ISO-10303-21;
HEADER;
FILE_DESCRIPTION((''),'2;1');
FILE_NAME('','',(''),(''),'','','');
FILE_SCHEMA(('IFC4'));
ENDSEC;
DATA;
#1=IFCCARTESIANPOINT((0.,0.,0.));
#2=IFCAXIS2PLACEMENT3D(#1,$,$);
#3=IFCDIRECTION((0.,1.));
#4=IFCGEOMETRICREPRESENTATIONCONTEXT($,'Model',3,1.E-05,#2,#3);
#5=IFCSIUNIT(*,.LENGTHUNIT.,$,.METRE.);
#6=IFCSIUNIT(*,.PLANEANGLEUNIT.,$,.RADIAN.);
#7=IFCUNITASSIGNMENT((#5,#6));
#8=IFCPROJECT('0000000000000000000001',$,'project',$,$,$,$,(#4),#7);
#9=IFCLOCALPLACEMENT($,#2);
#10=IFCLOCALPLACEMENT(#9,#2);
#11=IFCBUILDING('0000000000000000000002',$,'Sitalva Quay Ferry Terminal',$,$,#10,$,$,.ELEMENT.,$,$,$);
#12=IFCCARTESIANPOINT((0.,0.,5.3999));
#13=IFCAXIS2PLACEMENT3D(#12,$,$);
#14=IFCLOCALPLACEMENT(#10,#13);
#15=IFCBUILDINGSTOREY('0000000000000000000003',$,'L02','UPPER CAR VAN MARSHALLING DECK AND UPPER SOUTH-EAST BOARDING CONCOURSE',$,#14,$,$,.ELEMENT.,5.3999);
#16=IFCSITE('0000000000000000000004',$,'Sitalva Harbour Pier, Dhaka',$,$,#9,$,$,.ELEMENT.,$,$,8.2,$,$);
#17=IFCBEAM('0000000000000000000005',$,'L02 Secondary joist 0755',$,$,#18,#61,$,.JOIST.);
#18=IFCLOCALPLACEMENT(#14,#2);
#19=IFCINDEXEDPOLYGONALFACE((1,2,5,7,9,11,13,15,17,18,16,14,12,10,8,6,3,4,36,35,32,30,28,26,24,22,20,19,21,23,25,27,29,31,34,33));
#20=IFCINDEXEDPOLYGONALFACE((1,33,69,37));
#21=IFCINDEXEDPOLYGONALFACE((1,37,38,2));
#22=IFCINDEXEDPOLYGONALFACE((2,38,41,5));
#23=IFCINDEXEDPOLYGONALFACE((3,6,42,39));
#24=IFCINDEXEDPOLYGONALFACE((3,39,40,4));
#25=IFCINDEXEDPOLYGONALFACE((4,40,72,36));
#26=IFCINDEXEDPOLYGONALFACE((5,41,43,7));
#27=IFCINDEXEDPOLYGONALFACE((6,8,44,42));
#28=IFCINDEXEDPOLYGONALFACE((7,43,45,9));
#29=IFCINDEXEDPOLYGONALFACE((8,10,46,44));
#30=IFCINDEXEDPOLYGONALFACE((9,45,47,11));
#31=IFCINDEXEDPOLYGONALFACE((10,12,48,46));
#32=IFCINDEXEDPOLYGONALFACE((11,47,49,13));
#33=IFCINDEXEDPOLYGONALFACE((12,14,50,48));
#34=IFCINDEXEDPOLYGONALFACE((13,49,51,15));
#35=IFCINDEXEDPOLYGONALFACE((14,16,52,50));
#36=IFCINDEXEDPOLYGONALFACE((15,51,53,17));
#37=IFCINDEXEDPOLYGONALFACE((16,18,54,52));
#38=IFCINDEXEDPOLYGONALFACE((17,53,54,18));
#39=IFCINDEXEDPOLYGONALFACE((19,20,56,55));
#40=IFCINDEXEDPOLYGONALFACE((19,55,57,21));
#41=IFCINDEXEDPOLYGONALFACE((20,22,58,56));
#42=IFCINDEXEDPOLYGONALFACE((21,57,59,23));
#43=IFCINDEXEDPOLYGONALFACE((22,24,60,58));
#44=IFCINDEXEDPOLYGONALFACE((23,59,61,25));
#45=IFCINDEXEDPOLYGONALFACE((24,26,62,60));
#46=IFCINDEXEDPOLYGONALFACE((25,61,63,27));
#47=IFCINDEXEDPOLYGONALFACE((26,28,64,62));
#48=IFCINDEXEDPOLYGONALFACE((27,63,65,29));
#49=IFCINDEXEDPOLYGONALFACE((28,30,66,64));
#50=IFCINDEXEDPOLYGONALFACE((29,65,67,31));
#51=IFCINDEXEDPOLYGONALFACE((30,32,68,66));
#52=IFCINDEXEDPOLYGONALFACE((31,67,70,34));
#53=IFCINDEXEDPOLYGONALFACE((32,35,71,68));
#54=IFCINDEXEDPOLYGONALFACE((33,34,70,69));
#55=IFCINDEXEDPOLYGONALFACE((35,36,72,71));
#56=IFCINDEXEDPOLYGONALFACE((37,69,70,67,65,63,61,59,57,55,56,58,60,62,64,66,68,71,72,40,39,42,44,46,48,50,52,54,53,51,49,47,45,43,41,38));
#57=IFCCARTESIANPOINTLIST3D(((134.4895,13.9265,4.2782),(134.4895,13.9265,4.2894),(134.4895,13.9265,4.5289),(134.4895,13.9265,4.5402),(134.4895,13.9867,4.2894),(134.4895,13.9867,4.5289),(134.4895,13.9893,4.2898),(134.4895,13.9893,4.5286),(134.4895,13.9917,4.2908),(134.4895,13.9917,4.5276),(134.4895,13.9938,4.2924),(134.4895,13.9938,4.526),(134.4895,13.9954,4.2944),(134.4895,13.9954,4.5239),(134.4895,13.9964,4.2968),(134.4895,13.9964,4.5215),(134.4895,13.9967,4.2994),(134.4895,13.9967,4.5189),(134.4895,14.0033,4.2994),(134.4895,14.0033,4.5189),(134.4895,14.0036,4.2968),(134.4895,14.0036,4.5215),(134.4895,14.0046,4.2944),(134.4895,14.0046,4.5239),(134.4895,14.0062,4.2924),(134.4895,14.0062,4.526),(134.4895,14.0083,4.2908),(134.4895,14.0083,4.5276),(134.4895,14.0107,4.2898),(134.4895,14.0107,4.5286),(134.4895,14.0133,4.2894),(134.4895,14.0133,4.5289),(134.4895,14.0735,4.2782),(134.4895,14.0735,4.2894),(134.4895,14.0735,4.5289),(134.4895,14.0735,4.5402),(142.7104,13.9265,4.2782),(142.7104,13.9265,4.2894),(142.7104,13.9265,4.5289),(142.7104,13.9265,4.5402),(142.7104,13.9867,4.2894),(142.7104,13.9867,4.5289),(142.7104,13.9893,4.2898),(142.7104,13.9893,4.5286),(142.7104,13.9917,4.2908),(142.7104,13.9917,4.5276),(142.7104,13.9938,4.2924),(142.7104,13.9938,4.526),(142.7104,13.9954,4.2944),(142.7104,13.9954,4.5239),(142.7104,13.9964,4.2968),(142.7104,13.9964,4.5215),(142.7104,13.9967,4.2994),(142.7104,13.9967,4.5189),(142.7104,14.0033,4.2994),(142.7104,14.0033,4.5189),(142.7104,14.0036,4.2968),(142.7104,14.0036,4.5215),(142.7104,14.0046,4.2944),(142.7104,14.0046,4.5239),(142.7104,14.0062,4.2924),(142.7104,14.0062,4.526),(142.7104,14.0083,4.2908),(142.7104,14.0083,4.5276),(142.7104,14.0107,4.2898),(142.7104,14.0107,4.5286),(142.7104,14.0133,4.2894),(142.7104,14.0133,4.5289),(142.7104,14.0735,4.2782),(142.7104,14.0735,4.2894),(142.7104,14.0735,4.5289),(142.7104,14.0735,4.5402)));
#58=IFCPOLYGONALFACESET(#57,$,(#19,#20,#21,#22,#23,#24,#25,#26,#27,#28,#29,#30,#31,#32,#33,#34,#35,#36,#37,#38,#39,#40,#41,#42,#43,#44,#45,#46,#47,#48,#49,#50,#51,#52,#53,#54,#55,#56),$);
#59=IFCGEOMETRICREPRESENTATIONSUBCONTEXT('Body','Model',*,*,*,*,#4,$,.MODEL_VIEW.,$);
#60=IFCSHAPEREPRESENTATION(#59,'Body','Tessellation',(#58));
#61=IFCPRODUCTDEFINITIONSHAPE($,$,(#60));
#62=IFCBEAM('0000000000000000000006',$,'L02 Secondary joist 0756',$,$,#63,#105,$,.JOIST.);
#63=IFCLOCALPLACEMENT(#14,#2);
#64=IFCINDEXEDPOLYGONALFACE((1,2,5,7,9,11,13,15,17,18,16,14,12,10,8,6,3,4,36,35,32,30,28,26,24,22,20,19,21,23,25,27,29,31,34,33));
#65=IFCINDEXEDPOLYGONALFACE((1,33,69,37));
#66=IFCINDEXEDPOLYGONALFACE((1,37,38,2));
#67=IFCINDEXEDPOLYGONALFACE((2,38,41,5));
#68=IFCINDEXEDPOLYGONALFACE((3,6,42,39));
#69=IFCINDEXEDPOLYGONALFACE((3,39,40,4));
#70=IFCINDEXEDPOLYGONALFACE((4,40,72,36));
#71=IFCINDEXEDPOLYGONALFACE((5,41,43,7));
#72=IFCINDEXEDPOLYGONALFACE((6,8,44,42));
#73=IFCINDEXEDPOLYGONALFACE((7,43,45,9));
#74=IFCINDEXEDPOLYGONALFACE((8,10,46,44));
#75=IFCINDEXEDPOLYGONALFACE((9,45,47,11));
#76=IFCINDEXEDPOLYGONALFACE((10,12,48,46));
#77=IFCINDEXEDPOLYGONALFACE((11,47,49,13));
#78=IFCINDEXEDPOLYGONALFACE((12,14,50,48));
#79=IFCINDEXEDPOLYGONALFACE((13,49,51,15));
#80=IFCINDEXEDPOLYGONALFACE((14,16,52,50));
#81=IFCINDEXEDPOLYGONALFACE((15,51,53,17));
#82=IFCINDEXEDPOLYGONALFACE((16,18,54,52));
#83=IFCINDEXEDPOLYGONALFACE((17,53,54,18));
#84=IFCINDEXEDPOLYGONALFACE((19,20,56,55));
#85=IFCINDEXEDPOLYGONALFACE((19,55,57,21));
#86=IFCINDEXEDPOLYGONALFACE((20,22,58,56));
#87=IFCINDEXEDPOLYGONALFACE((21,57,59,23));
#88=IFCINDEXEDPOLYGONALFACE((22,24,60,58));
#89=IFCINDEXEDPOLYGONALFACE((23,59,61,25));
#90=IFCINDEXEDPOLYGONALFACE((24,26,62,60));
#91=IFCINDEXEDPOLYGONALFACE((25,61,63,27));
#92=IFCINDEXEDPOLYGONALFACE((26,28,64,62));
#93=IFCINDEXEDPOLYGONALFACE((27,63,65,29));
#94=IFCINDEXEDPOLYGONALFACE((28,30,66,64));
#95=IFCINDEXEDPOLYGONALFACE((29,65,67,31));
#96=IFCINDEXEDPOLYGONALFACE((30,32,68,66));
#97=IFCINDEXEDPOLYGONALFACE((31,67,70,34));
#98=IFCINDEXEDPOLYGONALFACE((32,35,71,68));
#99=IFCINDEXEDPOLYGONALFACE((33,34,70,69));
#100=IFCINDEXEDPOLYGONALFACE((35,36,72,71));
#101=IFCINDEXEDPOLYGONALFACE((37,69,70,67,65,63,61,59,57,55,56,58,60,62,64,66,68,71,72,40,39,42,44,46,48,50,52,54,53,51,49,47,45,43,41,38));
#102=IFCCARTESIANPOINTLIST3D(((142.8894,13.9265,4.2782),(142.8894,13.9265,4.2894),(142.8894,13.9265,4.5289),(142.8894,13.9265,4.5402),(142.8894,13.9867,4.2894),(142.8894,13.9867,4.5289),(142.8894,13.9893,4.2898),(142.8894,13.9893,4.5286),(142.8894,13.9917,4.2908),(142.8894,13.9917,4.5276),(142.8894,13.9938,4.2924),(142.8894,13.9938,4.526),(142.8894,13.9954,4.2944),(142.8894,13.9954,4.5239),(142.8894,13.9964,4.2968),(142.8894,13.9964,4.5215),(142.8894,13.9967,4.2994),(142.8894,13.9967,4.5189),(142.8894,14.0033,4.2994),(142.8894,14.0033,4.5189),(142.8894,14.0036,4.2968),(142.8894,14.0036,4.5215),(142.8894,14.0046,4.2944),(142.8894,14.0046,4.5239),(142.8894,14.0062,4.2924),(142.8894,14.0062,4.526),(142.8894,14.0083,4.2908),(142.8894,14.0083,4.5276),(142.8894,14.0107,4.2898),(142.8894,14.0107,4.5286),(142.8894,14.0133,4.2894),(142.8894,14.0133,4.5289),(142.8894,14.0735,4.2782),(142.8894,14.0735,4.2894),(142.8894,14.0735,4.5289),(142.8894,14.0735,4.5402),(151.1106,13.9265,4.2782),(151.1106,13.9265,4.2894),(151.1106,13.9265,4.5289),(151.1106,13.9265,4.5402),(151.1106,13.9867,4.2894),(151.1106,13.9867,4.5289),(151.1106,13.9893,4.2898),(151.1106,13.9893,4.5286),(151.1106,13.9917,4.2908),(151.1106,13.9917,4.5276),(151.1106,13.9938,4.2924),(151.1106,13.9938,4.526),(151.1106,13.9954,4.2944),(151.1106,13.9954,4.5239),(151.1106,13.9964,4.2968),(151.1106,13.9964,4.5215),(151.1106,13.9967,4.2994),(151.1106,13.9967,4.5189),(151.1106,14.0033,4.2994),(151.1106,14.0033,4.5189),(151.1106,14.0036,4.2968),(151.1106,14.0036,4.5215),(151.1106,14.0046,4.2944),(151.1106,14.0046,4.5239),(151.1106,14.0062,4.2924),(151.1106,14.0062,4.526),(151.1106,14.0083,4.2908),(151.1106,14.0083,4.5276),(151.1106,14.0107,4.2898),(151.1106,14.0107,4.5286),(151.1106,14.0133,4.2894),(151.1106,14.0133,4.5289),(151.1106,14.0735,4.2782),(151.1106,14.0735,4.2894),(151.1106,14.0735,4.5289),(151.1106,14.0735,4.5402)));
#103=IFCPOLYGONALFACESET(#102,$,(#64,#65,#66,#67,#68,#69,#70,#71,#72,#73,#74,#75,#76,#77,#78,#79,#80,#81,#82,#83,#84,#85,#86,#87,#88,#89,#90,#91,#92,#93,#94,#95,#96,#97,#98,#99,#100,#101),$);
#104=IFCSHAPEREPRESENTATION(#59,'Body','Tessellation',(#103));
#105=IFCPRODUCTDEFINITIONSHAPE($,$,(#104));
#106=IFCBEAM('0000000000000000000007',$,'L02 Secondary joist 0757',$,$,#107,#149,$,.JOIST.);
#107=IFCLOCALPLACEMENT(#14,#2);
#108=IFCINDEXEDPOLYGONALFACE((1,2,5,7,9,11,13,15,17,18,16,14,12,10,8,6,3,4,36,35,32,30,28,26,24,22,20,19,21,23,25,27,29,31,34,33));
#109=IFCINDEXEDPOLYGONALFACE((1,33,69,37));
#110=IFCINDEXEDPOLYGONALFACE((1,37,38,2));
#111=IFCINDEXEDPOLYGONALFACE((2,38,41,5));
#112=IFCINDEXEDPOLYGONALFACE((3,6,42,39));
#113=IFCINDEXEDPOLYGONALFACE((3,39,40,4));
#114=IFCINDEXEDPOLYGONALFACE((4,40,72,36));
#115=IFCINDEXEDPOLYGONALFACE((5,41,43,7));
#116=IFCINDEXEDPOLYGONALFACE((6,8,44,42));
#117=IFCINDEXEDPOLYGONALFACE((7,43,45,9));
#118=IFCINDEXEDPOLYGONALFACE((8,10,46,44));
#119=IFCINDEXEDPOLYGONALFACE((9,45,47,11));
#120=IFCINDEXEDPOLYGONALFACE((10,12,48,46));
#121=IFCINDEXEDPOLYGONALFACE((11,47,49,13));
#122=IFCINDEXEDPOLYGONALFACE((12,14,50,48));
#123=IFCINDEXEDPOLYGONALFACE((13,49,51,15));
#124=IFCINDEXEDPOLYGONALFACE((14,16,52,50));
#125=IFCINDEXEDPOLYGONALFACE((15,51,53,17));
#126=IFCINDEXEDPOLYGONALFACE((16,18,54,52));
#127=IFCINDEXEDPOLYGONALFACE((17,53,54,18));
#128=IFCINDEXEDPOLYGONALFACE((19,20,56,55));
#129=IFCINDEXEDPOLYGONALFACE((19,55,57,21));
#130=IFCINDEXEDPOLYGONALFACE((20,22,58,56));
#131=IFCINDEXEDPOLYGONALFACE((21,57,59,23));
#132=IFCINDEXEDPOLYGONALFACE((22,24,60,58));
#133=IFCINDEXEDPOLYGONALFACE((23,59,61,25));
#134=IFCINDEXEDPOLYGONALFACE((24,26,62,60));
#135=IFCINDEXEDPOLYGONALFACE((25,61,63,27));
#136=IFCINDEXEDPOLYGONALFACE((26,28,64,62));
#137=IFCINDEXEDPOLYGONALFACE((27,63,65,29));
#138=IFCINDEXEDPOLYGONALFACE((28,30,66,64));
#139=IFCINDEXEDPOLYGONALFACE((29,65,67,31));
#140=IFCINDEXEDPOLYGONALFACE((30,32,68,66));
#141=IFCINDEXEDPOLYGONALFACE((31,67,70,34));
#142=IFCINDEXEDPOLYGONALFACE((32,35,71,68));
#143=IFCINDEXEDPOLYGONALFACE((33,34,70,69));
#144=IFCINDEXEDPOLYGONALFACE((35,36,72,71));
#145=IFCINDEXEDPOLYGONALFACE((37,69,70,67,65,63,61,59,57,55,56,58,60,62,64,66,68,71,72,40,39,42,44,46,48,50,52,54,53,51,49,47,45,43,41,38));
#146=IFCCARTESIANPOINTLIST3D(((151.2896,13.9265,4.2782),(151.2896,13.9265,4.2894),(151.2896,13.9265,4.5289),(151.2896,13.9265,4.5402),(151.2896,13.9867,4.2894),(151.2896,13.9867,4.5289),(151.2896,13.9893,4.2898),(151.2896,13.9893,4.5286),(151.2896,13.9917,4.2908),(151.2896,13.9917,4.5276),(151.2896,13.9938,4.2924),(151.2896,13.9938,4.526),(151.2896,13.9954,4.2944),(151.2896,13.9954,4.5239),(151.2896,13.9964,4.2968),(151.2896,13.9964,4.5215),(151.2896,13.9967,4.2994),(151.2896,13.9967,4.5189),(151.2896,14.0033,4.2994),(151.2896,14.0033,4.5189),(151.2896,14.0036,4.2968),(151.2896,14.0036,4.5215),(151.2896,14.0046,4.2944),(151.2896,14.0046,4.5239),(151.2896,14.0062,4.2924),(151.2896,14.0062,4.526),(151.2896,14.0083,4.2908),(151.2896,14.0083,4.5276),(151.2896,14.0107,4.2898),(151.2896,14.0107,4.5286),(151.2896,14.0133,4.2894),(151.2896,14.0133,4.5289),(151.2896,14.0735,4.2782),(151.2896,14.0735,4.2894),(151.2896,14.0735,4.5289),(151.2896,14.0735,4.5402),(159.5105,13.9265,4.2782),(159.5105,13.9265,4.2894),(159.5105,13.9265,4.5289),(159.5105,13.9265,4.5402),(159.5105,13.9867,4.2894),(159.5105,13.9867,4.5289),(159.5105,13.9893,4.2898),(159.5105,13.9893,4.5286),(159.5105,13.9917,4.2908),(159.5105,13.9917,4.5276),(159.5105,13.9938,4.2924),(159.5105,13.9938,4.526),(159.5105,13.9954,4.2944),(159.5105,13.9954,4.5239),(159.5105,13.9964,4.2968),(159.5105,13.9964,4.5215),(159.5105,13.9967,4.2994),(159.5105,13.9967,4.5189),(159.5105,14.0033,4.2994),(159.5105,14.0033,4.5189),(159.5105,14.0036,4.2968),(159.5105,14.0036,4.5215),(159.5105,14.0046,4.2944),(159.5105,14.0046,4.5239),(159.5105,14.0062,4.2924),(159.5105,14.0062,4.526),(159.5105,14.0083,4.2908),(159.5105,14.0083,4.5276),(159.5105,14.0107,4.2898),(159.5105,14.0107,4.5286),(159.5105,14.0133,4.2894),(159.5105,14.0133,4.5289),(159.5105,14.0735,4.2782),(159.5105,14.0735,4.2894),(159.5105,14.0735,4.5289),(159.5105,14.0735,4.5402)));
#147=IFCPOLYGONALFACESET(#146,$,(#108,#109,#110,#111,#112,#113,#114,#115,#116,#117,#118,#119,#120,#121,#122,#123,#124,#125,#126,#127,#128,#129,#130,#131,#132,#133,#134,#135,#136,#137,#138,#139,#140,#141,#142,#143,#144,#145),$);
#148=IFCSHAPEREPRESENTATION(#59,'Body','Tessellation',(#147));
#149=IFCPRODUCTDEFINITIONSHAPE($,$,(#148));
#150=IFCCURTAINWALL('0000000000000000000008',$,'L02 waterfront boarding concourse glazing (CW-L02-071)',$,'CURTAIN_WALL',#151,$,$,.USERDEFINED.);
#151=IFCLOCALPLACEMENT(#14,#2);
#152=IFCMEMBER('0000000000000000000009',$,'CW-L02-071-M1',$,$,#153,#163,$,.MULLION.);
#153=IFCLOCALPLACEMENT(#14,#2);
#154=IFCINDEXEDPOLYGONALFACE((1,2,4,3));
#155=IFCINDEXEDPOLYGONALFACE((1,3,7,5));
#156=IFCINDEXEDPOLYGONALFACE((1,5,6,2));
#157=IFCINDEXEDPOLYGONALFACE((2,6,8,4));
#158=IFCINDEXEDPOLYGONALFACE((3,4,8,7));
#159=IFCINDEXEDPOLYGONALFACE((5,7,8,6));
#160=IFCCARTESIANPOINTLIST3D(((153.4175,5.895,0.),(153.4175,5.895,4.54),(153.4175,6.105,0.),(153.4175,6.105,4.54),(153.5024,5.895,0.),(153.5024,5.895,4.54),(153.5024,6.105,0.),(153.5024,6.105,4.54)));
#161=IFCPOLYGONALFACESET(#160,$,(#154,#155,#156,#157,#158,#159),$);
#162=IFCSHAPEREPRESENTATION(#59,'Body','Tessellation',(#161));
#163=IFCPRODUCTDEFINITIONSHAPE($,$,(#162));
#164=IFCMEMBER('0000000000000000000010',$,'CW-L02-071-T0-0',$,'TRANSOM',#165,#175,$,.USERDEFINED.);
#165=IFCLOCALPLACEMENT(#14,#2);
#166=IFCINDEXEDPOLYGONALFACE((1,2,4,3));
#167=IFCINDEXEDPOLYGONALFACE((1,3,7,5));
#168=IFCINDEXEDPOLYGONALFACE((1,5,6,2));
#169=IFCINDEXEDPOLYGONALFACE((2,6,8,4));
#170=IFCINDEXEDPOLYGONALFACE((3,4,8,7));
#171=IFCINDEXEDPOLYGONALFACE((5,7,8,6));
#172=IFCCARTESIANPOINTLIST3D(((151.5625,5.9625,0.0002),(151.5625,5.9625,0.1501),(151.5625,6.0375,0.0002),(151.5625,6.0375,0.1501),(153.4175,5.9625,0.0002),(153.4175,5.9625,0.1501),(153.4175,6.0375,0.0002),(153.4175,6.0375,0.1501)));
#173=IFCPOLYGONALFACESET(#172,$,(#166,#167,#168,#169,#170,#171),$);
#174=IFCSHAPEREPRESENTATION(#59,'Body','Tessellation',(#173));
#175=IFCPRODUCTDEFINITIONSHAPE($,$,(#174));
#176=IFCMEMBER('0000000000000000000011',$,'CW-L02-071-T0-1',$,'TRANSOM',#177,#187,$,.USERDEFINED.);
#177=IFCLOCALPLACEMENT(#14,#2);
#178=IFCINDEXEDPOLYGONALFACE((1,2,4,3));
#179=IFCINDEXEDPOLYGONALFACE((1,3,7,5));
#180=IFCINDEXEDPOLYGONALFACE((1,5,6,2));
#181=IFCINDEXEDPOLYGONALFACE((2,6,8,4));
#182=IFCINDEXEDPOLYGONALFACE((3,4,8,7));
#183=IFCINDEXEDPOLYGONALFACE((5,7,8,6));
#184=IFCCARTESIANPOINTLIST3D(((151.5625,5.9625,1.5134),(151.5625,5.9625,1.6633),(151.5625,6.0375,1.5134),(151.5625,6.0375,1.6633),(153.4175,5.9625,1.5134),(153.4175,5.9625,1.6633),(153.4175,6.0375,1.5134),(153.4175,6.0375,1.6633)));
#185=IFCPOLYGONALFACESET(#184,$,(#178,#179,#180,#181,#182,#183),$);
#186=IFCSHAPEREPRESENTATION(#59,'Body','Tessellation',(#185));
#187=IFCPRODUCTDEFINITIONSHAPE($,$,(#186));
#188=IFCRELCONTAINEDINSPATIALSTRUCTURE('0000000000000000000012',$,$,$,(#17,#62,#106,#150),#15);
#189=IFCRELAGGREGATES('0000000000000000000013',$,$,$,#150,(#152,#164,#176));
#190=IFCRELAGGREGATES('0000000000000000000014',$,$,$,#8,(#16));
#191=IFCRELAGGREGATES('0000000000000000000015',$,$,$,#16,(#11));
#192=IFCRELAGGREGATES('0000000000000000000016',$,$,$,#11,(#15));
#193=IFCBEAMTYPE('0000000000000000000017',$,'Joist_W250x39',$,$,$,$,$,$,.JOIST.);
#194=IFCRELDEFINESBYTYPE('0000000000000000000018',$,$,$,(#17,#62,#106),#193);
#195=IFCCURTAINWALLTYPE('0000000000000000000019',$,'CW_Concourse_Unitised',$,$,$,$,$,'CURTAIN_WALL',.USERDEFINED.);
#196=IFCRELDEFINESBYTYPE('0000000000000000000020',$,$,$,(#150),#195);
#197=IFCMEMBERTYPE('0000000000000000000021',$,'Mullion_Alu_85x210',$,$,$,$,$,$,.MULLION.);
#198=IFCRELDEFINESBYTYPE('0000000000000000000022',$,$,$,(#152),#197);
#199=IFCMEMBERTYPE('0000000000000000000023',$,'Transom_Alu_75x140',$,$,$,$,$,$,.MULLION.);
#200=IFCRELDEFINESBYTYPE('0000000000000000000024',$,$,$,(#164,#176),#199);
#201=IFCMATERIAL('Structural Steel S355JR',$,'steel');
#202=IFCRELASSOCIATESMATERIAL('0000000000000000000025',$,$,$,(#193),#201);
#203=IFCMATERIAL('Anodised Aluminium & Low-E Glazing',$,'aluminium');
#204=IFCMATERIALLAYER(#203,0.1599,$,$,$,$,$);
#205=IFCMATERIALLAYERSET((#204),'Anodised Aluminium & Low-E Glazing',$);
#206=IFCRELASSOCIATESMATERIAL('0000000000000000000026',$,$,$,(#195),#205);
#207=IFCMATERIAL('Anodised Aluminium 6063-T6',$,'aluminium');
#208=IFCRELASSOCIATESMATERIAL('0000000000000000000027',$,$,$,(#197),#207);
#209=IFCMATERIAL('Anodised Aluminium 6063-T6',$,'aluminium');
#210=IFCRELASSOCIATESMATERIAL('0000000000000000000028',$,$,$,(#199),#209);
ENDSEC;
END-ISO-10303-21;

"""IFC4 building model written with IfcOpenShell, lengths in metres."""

from ifc_helpers import new_model, si_unit, direction, frame, origin, origin_2d, place, context, subcontext, project, spatial, rectangle, i_section, extrude, material, layer, layer_set, material_profile, profile_set, type_object, element, aggregate, save


model = new_model("IFC4")

# Units and contexts
model_context = context("Model", 3, precision=1e-05, world=origin(), true_north=direction((0.0, 1.0)))
body_context = subcontext(model_context, "Body", "Model", "MODEL_VIEW")
ifc_project = project(units=[si_unit("LENGTHUNIT", "METRE"), si_unit("PLANEANGLEUNIT", "RADIAN")], contexts=[model_context])

# Site, building, storey
site_placement = place(None, origin())
site = spatial("IfcSite", under=ifc_project, at=site_placement, Name="Sitalva Harbour Pier, Dhaka", CompositionType="ELEMENT", RefElevation=8.2)
building_placement = place(site_placement, origin())
building = spatial("IfcBuilding", under=site, at=building_placement, Name="Sitalva Quay Ferry Terminal", CompositionType="ELEMENT")
storey_placement = place(building_placement, frame((0.0, 0.0, 5.3999)))
storey = spatial("IfcBuildingStorey", under=building, at=storey_placement, Name="L02", Description="UPPER CAR VAN MARSHALLING DECK AND UPPER SOUTH-EAST BOARDING CONCOURSE", CompositionType="ELEMENT", Elevation=5.3999)

# Beams
ifc_material_1 = material(Name="Structural Steel S355JR", Category="steel")
ifc_material_profile_1 = material_profile(ifc_material_1, i_section(OverallWidth=0.147, OverallDepth=0.262, WebThickness=0.0066, FlangeThickness=0.0112, FilletRadius=0.01, at=origin_2d()), Name="W250x39")
ifc_profile_set_1 = profile_set([ifc_material_profile_1], Name="Structural Steel S355JR")
beam_type_1 = type_object("IfcBeamType", Name="Joist_W250x39", PredefinedType="JOIST", material=ifc_profile_set_1)
for number, where, z_axis, x_axis, name in (
    (1, (134.4895, 14.0, 4.4092), (1.0, 0.0, 0.0), (0.0, 1.0, 0.0), "L02 Secondary joist 0755"),
):
    element("IfcBeam", number, at=place(storey_placement, frame(where, z_axis=z_axis, x_axis=x_axis)), inside=storey, type_object=beam_type_1, Name=name, PredefinedType="JOIST", context=body_context, shape_type="SweptSolid", body=[
        extrude(i_section(OverallWidth=0.147, OverallDepth=0.262, WebThickness=0.0066, FlangeThickness=0.0112, FilletRadius=0.01, at=origin_2d()), origin(), (0.0, 0.0, 1.0), 8.2209),
    ])
beam_1_placement = place(storey_placement, frame((142.8894, 14.0, 4.4092), z_axis=(1.0, 0.0, 0.0), x_axis=(0.0, 1.0, 0.0)))
element("IfcBeam", 2, at=beam_1_placement, inside=storey, type_object=beam_type_1, Name="L02 Secondary joist 0756", PredefinedType="JOIST", context=body_context, shape_type="SweptSolid", body=[
    extrude(i_section(OverallWidth=0.147, OverallDepth=0.262, WebThickness=0.0066, FlangeThickness=0.0112, FilletRadius=0.01, at=origin_2d()), origin(), (0.0, 0.0, 1.0), 8.2212),
])
beam_2_placement = place(storey_placement, frame((151.2896, 14.0, 4.4092), z_axis=(1.0, 0.0, 0.0), x_axis=(0.0, 1.0, 0.0)))
element("IfcBeam", 3, at=beam_2_placement, inside=storey, type_object=beam_type_1, Name="L02 Secondary joist 0757", PredefinedType="JOIST", context=body_context, shape_type="SweptSolid", body=[
    extrude(i_section(OverallWidth=0.147, OverallDepth=0.262, WebThickness=0.0066, FlangeThickness=0.0112, FilletRadius=0.01, at=origin_2d()), origin(), (0.0, 0.0, 1.0), 8.2209),
])

# Curtain wall, members
ifc_material_2 = material(Name="Anodised Aluminium & Low-E Glazing", Category="aluminium")
ifc_layer_1 = layer(ifc_material_2, 0.1599)
ifc_layer_set_1 = layer_set([ifc_layer_1], Name="Anodised Aluminium & Low-E Glazing")
curtain_wall_type = type_object("IfcCurtainWallType", Name="CW_Concourse_Unitised", ElementType="CURTAIN_WALL", PredefinedType="USERDEFINED", material=ifc_layer_set_1)
curtain_wall_placement = place(storey_placement, origin())
curtain_wall = element("IfcCurtainWall", 4, at=curtain_wall_placement, inside=storey, type_object=curtain_wall_type, Name="L02 waterfront boarding concourse glazing (CW-L02-071)", ObjectType="CURTAIN_WALL", PredefinedType="USERDEFINED")
ifc_material_3 = material(Name="Anodised Aluminium 6063-T6", Category="aluminium")
ifc_material_profile_2 = material_profile(ifc_material_3, rectangle(XDim=0.085, YDim=0.21, at=origin_2d()), Name="ALU85x210")
ifc_profile_set_2 = profile_set([ifc_material_profile_2], Name="Anodised Aluminium 6063-T6")
member_type_1 = type_object("IfcMemberType", Name="Mullion_Alu_85x210", PredefinedType="MULLION", material=ifc_profile_set_2)
member_1_placement = place(storey_placement, frame((153.46, 6.0, 0.0), z_axis=(0.0, 0.0, 1.0), x_axis=(1.0, 0.0, 0.0)))
member_1 = element("IfcMember", 5, at=member_1_placement, type_object=member_type_1, Name="CW-L02-071-M1", PredefinedType="MULLION", context=body_context, shape_type="SweptSolid", body=[
    extrude(rectangle(XDim=0.085, YDim=0.21, at=origin_2d()), origin(), (0.0, 0.0, 1.0), 4.54),
])
ifc_material_4 = material(Name="Anodised Aluminium 6063-T6", Category="aluminium")
ifc_material_profile_3 = material_profile(ifc_material_4, rectangle(XDim=0.075, YDim=0.1499, at=origin_2d()), Name="ALU75x150")
ifc_profile_set_3 = profile_set([ifc_material_profile_3], Name="Anodised Aluminium 6063-T6")
member_type_2 = type_object("IfcMemberType", Name="Transom_Alu_75x140", PredefinedType="MULLION", material=ifc_profile_set_3)
member_2_placement = place(storey_placement, frame((151.5625, 6.0, 0.0752), z_axis=(1.0, 0.0, 0.0), x_axis=(0.0, 1.0, 0.0)))
member_2 = element("IfcMember", 6, at=member_2_placement, type_object=member_type_2, Name="CW-L02-071-T0-0", ObjectType="TRANSOM", PredefinedType="USERDEFINED", context=body_context, shape_type="SweptSolid", body=[
    extrude(rectangle(XDim=0.075, YDim=0.1499, at=origin_2d()), origin(), (0.0, 0.0, 1.0), 1.855),
])
member_3_placement = place(storey_placement, frame((151.5625, 6.0, 1.5884), z_axis=(1.0, 0.0, 0.0), x_axis=(0.0, 1.0, 0.0)))
member_3 = element("IfcMember", 7, at=member_3_placement, type_object=member_type_2, Name="CW-L02-071-T0-1", ObjectType="TRANSOM", PredefinedType="USERDEFINED", context=body_context, shape_type="SweptSolid", body=[
    extrude(rectangle(XDim=0.075, YDim=0.1499, at=origin_2d()), origin(), (0.0, 0.0, 1.0), 1.855),
])
aggregate(curtain_wall, [member_1, member_2, member_3])

save(model, "model.ifc")
